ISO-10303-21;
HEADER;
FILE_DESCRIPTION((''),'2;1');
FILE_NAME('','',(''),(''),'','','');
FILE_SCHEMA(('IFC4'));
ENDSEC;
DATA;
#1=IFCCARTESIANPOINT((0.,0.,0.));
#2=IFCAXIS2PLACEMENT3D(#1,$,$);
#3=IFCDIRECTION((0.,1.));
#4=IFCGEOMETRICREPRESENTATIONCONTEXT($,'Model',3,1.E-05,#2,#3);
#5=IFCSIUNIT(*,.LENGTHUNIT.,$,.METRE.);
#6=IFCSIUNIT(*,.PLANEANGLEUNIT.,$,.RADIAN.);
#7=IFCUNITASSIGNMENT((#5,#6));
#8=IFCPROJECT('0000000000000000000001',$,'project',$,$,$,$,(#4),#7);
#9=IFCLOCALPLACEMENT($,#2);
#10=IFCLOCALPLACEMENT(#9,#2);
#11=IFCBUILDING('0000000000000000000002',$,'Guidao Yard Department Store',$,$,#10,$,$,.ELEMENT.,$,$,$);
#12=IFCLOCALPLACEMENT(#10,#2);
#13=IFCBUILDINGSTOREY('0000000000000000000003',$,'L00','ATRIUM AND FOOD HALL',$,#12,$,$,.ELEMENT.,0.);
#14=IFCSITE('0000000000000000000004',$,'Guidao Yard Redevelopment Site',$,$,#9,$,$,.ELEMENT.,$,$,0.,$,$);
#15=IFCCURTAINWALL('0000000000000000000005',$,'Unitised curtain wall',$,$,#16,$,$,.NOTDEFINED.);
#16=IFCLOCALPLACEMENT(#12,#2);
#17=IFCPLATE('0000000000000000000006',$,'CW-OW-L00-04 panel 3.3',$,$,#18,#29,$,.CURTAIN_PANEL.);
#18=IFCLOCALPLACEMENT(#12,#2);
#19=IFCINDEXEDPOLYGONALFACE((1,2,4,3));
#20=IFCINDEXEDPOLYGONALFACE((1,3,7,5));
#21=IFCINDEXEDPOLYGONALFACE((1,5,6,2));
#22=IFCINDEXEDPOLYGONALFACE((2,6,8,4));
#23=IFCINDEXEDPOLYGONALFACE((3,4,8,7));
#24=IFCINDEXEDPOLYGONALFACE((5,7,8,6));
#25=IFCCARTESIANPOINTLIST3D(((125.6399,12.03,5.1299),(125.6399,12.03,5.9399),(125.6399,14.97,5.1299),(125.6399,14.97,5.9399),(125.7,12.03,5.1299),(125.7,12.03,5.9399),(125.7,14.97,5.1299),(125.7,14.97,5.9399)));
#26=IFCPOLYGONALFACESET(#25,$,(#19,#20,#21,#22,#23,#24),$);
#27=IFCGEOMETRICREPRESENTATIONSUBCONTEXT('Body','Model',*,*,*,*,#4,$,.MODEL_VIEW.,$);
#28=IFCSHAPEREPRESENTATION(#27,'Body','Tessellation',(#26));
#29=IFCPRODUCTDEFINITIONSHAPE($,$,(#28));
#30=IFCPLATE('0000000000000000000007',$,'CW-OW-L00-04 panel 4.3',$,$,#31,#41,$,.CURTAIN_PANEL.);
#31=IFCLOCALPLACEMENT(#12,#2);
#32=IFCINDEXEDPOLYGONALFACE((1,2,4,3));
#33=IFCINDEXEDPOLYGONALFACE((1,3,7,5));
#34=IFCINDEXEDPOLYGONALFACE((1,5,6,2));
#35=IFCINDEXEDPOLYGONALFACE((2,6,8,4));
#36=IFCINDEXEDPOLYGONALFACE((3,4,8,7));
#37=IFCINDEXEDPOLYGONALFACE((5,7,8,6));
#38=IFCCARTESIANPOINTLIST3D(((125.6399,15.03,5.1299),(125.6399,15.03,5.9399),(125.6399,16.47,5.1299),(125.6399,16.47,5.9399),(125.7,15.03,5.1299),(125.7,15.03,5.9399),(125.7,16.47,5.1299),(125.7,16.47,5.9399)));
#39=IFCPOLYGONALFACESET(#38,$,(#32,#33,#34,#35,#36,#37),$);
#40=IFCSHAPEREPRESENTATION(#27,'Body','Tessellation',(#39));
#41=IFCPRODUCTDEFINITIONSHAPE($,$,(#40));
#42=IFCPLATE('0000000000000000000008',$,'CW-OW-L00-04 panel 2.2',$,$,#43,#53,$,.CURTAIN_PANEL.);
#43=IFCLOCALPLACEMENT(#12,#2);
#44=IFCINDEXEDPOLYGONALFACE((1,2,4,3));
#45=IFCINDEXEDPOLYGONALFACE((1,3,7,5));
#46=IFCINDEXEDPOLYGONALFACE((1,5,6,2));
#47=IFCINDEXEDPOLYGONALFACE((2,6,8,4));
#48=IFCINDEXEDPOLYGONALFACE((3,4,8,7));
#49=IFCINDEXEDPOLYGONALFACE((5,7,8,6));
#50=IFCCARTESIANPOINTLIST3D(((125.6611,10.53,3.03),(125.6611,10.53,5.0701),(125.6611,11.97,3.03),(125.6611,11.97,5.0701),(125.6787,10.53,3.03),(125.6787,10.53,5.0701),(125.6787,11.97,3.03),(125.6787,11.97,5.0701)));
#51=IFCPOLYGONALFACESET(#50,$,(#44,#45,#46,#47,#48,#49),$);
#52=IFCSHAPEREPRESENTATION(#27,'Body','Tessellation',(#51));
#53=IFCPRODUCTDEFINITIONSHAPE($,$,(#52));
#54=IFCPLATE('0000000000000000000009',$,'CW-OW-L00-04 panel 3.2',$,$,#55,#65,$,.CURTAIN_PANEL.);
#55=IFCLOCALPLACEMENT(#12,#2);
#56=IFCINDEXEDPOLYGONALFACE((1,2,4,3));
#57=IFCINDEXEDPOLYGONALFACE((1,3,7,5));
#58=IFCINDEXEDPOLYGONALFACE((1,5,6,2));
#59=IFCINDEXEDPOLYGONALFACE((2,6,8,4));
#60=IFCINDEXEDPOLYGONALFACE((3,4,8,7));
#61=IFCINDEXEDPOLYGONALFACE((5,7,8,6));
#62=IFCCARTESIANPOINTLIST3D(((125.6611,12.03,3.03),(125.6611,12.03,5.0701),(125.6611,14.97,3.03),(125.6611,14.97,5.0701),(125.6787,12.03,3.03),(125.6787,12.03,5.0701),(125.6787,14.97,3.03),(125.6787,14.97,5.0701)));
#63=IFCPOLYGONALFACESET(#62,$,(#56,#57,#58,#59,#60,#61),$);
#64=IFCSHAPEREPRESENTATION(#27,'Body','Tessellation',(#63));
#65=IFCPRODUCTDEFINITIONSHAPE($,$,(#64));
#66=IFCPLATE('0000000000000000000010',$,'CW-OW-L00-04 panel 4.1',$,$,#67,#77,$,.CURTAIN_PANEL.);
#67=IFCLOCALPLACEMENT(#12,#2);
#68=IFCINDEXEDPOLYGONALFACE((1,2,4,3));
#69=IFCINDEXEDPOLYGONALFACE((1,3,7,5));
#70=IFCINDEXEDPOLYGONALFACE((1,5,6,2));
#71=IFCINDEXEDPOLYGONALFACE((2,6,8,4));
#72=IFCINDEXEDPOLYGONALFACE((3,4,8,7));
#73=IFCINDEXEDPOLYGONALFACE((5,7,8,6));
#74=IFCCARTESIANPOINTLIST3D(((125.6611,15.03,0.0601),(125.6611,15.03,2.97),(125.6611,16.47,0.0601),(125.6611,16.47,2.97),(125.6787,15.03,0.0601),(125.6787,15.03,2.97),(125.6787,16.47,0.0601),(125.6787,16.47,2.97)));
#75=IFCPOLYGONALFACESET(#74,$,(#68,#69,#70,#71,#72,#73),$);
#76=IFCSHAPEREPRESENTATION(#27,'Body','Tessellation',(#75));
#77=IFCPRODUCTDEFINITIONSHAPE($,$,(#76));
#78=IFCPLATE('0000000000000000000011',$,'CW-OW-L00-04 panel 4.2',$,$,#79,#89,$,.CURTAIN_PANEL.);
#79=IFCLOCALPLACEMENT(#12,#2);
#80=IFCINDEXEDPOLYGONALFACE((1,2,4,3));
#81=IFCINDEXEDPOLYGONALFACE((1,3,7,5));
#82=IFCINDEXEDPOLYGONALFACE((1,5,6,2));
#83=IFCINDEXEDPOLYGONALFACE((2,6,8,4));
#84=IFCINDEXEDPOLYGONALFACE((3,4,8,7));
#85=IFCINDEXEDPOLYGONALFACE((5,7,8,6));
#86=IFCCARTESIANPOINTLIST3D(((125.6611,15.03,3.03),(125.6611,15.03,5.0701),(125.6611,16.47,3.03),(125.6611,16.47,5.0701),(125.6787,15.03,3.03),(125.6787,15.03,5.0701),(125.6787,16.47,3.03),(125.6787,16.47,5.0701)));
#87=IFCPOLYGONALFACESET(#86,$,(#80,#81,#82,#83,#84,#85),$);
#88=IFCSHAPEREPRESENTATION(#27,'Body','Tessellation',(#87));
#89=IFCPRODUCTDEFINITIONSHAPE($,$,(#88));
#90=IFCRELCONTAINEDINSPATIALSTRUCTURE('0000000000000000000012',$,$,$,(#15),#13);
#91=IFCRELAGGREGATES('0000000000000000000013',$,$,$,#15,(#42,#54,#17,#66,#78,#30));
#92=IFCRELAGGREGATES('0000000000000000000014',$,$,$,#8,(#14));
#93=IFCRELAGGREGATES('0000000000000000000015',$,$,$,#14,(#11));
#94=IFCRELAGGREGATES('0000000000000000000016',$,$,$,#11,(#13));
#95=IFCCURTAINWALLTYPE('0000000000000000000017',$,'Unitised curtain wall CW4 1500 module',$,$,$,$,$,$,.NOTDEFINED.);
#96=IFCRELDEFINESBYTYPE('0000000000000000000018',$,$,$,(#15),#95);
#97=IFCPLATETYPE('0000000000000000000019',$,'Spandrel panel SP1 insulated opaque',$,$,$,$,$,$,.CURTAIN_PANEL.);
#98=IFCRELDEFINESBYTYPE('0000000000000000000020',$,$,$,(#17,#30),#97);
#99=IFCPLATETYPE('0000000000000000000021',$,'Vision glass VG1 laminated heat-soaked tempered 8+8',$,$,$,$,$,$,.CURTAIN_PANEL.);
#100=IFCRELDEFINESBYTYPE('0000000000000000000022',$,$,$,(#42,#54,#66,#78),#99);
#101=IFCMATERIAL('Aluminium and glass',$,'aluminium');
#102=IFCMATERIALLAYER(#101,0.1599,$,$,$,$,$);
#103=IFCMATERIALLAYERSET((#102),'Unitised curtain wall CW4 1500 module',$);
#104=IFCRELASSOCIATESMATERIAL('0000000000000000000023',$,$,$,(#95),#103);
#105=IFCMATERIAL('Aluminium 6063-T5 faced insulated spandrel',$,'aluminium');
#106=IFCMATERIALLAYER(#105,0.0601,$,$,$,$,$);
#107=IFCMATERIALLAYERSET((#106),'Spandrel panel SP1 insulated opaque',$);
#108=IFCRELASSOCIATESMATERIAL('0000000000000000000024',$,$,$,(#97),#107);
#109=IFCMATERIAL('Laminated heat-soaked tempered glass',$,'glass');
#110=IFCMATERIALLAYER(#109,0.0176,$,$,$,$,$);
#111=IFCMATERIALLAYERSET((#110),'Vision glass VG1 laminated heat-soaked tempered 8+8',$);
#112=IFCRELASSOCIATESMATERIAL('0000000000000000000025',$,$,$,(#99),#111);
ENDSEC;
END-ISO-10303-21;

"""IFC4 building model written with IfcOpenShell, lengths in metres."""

from ifc_helpers import new_model, si_unit, direction, frame, origin, origin_2d, place, context, subcontext, project, spatial, rectangle, extrude, material, layer, layer_set, type_object, element, aggregate, save


model = new_model("IFC4")

# Units and contexts
model_context = context("Model", 3, precision=1e-05, world=origin(), true_north=direction((0.0, 1.0)))
body_context = subcontext(model_context, "Body", "Model", "MODEL_VIEW")
ifc_project = project(units=[si_unit("LENGTHUNIT", "METRE"), si_unit("PLANEANGLEUNIT", "RADIAN")], contexts=[model_context])

# Site, building, storey
site_placement = place(None, origin())
site = spatial("IfcSite", under=ifc_project, at=site_placement, Name="Guidao Yard Redevelopment Site", CompositionType="ELEMENT", RefElevation=0.0)
building_placement = place(site_placement, origin())
building = spatial("IfcBuilding", under=site, at=building_placement, Name="Guidao Yard Department Store", CompositionType="ELEMENT")
storey_placement = place(building_placement, origin())
storey = spatial("IfcBuildingStorey", under=building, at=storey_placement, Name="L00", Description="ATRIUM AND FOOD HALL", CompositionType="ELEMENT", Elevation=0.0)

# Curtain wall
ifc_material_1 = material(Name="Aluminium and glass", Category="aluminium")
ifc_layer_1 = layer(ifc_material_1, 0.1599)
ifc_layer_set_1 = layer_set([ifc_layer_1], Name="Unitised curtain wall CW4 1500 module")
curtain_wall_type = type_object("IfcCurtainWallType", Name="Unitised curtain wall CW4 1500 module", PredefinedType="NOTDEFINED", material=ifc_layer_set_1)
curtain_wall_placement = place(storey_placement, origin())
curtain_wall = element("IfcCurtainWall", 1, at=curtain_wall_placement, inside=storey, type_object=curtain_wall_type, Name="Unitised curtain wall", PredefinedType="NOTDEFINED")

# Plates
ifc_material_2 = material(Name="Aluminium 6063-T5 faced insulated spandrel", Category="aluminium")
ifc_layer_2 = layer(ifc_material_2, 0.0601)
ifc_layer_set_2 = layer_set([ifc_layer_2], Name="Spandrel panel SP1 insulated opaque")
plate_type_1 = type_object("IfcPlateType", Name="Spandrel panel SP1 insulated opaque", PredefinedType="CURTAIN_PANEL", material=ifc_layer_set_2)
plate_1_placement = place(storey_placement, frame((125.6699, 13.5, 5.1299), z_axis=(0.0, 0.0, 1.0), x_axis=(0.0, 1.0, 0.0)))
plate_1 = element("IfcPlate", 2, at=plate_1_placement, type_object=plate_type_1, Name="CW-OW-L00-04 panel 3.3", PredefinedType="CURTAIN_PANEL", context=body_context, shape_type="SweptSolid", body=[
    extrude(rectangle(XDim=2.9399, YDim=0.0601, at=origin_2d()), origin(), (0.0, 0.0, 1.0), 0.8101),
])
plate_2_placement = place(storey_placement, frame((125.6699, 15.75, 5.1299), z_axis=(0.0, 0.0, 1.0), x_axis=(0.0, 1.0, 0.0)))
plate_2 = element("IfcPlate", 3, at=plate_2_placement, type_object=plate_type_1, Name="CW-OW-L00-04 panel 4.3", PredefinedType="CURTAIN_PANEL", context=body_context, shape_type="SweptSolid", body=[
    extrude(rectangle(XDim=1.4399, YDim=0.0601, at=origin_2d()), origin(), (0.0, 0.0, 1.0), 0.8101),
])
ifc_material_3 = material(Name="Laminated heat-soaked tempered glass", Category="glass")
ifc_layer_3 = layer(ifc_material_3, 0.0176)
ifc_layer_set_3 = layer_set([ifc_layer_3], Name="Vision glass VG1 laminated heat-soaked tempered 8+8")
plate_type_2 = type_object("IfcPlateType", Name="Vision glass VG1 laminated heat-soaked tempered 8+8", PredefinedType="CURTAIN_PANEL", material=ifc_layer_set_3)
plate_3_placement = place(storey_placement, frame((125.6699, 11.25, 3.03), z_axis=(0.0, 0.0, 1.0), x_axis=(0.0, 1.0, 0.0)))
plate_3 = element("IfcPlate", 4, at=plate_3_placement, type_object=plate_type_2, Name="CW-OW-L00-04 panel 2.2", PredefinedType="CURTAIN_PANEL", context=body_context, shape_type="SweptSolid", body=[
    extrude(rectangle(XDim=1.4399, YDim=0.0176, at=origin_2d()), origin(), (0.0, 0.0, 1.0), 2.04),
])
plate_4_placement = place(storey_placement, frame((125.6699, 13.5, 3.03), z_axis=(0.0, 0.0, 1.0), x_axis=(0.0, 1.0, 0.0)))
plate_4 = element("IfcPlate", 5, at=plate_4_placement, type_object=plate_type_2, Name="CW-OW-L00-04 panel 3.2", PredefinedType="CURTAIN_PANEL", context=body_context, shape_type="SweptSolid", body=[
    extrude(rectangle(XDim=2.9399, YDim=0.0176, at=origin_2d()), origin(), (0.0, 0.0, 1.0), 2.04),
])
plate_5_placement = place(storey_placement, frame((125.6699, 15.75, 0.0601), z_axis=(0.0, 0.0, 1.0), x_axis=(0.0, 1.0, 0.0)))
plate_5 = element("IfcPlate", 6, at=plate_5_placement, type_object=plate_type_2, Name="CW-OW-L00-04 panel 4.1", PredefinedType="CURTAIN_PANEL", context=body_context, shape_type="SweptSolid", body=[
    extrude(rectangle(XDim=1.4399, YDim=0.0176, at=origin_2d()), origin(), (0.0, 0.0, 1.0), 2.9099),
])
plate_6_placement = place(storey_placement, frame((125.6699, 15.75, 3.03), z_axis=(0.0, 0.0, 1.0), x_axis=(0.0, 1.0, 0.0)))
plate_6 = element("IfcPlate", 7, at=plate_6_placement, type_object=plate_type_2, Name="CW-OW-L00-04 panel 4.2", PredefinedType="CURTAIN_PANEL", context=body_context, shape_type="SweptSolid", body=[
    extrude(rectangle(XDim=1.4399, YDim=0.0176, at=origin_2d()), origin(), (0.0, 0.0, 1.0), 2.04),
])
aggregate(curtain_wall, [plate_3, plate_4, plate_1, plate_5, plate_6, plate_2])

save(model, "model.ifc")
